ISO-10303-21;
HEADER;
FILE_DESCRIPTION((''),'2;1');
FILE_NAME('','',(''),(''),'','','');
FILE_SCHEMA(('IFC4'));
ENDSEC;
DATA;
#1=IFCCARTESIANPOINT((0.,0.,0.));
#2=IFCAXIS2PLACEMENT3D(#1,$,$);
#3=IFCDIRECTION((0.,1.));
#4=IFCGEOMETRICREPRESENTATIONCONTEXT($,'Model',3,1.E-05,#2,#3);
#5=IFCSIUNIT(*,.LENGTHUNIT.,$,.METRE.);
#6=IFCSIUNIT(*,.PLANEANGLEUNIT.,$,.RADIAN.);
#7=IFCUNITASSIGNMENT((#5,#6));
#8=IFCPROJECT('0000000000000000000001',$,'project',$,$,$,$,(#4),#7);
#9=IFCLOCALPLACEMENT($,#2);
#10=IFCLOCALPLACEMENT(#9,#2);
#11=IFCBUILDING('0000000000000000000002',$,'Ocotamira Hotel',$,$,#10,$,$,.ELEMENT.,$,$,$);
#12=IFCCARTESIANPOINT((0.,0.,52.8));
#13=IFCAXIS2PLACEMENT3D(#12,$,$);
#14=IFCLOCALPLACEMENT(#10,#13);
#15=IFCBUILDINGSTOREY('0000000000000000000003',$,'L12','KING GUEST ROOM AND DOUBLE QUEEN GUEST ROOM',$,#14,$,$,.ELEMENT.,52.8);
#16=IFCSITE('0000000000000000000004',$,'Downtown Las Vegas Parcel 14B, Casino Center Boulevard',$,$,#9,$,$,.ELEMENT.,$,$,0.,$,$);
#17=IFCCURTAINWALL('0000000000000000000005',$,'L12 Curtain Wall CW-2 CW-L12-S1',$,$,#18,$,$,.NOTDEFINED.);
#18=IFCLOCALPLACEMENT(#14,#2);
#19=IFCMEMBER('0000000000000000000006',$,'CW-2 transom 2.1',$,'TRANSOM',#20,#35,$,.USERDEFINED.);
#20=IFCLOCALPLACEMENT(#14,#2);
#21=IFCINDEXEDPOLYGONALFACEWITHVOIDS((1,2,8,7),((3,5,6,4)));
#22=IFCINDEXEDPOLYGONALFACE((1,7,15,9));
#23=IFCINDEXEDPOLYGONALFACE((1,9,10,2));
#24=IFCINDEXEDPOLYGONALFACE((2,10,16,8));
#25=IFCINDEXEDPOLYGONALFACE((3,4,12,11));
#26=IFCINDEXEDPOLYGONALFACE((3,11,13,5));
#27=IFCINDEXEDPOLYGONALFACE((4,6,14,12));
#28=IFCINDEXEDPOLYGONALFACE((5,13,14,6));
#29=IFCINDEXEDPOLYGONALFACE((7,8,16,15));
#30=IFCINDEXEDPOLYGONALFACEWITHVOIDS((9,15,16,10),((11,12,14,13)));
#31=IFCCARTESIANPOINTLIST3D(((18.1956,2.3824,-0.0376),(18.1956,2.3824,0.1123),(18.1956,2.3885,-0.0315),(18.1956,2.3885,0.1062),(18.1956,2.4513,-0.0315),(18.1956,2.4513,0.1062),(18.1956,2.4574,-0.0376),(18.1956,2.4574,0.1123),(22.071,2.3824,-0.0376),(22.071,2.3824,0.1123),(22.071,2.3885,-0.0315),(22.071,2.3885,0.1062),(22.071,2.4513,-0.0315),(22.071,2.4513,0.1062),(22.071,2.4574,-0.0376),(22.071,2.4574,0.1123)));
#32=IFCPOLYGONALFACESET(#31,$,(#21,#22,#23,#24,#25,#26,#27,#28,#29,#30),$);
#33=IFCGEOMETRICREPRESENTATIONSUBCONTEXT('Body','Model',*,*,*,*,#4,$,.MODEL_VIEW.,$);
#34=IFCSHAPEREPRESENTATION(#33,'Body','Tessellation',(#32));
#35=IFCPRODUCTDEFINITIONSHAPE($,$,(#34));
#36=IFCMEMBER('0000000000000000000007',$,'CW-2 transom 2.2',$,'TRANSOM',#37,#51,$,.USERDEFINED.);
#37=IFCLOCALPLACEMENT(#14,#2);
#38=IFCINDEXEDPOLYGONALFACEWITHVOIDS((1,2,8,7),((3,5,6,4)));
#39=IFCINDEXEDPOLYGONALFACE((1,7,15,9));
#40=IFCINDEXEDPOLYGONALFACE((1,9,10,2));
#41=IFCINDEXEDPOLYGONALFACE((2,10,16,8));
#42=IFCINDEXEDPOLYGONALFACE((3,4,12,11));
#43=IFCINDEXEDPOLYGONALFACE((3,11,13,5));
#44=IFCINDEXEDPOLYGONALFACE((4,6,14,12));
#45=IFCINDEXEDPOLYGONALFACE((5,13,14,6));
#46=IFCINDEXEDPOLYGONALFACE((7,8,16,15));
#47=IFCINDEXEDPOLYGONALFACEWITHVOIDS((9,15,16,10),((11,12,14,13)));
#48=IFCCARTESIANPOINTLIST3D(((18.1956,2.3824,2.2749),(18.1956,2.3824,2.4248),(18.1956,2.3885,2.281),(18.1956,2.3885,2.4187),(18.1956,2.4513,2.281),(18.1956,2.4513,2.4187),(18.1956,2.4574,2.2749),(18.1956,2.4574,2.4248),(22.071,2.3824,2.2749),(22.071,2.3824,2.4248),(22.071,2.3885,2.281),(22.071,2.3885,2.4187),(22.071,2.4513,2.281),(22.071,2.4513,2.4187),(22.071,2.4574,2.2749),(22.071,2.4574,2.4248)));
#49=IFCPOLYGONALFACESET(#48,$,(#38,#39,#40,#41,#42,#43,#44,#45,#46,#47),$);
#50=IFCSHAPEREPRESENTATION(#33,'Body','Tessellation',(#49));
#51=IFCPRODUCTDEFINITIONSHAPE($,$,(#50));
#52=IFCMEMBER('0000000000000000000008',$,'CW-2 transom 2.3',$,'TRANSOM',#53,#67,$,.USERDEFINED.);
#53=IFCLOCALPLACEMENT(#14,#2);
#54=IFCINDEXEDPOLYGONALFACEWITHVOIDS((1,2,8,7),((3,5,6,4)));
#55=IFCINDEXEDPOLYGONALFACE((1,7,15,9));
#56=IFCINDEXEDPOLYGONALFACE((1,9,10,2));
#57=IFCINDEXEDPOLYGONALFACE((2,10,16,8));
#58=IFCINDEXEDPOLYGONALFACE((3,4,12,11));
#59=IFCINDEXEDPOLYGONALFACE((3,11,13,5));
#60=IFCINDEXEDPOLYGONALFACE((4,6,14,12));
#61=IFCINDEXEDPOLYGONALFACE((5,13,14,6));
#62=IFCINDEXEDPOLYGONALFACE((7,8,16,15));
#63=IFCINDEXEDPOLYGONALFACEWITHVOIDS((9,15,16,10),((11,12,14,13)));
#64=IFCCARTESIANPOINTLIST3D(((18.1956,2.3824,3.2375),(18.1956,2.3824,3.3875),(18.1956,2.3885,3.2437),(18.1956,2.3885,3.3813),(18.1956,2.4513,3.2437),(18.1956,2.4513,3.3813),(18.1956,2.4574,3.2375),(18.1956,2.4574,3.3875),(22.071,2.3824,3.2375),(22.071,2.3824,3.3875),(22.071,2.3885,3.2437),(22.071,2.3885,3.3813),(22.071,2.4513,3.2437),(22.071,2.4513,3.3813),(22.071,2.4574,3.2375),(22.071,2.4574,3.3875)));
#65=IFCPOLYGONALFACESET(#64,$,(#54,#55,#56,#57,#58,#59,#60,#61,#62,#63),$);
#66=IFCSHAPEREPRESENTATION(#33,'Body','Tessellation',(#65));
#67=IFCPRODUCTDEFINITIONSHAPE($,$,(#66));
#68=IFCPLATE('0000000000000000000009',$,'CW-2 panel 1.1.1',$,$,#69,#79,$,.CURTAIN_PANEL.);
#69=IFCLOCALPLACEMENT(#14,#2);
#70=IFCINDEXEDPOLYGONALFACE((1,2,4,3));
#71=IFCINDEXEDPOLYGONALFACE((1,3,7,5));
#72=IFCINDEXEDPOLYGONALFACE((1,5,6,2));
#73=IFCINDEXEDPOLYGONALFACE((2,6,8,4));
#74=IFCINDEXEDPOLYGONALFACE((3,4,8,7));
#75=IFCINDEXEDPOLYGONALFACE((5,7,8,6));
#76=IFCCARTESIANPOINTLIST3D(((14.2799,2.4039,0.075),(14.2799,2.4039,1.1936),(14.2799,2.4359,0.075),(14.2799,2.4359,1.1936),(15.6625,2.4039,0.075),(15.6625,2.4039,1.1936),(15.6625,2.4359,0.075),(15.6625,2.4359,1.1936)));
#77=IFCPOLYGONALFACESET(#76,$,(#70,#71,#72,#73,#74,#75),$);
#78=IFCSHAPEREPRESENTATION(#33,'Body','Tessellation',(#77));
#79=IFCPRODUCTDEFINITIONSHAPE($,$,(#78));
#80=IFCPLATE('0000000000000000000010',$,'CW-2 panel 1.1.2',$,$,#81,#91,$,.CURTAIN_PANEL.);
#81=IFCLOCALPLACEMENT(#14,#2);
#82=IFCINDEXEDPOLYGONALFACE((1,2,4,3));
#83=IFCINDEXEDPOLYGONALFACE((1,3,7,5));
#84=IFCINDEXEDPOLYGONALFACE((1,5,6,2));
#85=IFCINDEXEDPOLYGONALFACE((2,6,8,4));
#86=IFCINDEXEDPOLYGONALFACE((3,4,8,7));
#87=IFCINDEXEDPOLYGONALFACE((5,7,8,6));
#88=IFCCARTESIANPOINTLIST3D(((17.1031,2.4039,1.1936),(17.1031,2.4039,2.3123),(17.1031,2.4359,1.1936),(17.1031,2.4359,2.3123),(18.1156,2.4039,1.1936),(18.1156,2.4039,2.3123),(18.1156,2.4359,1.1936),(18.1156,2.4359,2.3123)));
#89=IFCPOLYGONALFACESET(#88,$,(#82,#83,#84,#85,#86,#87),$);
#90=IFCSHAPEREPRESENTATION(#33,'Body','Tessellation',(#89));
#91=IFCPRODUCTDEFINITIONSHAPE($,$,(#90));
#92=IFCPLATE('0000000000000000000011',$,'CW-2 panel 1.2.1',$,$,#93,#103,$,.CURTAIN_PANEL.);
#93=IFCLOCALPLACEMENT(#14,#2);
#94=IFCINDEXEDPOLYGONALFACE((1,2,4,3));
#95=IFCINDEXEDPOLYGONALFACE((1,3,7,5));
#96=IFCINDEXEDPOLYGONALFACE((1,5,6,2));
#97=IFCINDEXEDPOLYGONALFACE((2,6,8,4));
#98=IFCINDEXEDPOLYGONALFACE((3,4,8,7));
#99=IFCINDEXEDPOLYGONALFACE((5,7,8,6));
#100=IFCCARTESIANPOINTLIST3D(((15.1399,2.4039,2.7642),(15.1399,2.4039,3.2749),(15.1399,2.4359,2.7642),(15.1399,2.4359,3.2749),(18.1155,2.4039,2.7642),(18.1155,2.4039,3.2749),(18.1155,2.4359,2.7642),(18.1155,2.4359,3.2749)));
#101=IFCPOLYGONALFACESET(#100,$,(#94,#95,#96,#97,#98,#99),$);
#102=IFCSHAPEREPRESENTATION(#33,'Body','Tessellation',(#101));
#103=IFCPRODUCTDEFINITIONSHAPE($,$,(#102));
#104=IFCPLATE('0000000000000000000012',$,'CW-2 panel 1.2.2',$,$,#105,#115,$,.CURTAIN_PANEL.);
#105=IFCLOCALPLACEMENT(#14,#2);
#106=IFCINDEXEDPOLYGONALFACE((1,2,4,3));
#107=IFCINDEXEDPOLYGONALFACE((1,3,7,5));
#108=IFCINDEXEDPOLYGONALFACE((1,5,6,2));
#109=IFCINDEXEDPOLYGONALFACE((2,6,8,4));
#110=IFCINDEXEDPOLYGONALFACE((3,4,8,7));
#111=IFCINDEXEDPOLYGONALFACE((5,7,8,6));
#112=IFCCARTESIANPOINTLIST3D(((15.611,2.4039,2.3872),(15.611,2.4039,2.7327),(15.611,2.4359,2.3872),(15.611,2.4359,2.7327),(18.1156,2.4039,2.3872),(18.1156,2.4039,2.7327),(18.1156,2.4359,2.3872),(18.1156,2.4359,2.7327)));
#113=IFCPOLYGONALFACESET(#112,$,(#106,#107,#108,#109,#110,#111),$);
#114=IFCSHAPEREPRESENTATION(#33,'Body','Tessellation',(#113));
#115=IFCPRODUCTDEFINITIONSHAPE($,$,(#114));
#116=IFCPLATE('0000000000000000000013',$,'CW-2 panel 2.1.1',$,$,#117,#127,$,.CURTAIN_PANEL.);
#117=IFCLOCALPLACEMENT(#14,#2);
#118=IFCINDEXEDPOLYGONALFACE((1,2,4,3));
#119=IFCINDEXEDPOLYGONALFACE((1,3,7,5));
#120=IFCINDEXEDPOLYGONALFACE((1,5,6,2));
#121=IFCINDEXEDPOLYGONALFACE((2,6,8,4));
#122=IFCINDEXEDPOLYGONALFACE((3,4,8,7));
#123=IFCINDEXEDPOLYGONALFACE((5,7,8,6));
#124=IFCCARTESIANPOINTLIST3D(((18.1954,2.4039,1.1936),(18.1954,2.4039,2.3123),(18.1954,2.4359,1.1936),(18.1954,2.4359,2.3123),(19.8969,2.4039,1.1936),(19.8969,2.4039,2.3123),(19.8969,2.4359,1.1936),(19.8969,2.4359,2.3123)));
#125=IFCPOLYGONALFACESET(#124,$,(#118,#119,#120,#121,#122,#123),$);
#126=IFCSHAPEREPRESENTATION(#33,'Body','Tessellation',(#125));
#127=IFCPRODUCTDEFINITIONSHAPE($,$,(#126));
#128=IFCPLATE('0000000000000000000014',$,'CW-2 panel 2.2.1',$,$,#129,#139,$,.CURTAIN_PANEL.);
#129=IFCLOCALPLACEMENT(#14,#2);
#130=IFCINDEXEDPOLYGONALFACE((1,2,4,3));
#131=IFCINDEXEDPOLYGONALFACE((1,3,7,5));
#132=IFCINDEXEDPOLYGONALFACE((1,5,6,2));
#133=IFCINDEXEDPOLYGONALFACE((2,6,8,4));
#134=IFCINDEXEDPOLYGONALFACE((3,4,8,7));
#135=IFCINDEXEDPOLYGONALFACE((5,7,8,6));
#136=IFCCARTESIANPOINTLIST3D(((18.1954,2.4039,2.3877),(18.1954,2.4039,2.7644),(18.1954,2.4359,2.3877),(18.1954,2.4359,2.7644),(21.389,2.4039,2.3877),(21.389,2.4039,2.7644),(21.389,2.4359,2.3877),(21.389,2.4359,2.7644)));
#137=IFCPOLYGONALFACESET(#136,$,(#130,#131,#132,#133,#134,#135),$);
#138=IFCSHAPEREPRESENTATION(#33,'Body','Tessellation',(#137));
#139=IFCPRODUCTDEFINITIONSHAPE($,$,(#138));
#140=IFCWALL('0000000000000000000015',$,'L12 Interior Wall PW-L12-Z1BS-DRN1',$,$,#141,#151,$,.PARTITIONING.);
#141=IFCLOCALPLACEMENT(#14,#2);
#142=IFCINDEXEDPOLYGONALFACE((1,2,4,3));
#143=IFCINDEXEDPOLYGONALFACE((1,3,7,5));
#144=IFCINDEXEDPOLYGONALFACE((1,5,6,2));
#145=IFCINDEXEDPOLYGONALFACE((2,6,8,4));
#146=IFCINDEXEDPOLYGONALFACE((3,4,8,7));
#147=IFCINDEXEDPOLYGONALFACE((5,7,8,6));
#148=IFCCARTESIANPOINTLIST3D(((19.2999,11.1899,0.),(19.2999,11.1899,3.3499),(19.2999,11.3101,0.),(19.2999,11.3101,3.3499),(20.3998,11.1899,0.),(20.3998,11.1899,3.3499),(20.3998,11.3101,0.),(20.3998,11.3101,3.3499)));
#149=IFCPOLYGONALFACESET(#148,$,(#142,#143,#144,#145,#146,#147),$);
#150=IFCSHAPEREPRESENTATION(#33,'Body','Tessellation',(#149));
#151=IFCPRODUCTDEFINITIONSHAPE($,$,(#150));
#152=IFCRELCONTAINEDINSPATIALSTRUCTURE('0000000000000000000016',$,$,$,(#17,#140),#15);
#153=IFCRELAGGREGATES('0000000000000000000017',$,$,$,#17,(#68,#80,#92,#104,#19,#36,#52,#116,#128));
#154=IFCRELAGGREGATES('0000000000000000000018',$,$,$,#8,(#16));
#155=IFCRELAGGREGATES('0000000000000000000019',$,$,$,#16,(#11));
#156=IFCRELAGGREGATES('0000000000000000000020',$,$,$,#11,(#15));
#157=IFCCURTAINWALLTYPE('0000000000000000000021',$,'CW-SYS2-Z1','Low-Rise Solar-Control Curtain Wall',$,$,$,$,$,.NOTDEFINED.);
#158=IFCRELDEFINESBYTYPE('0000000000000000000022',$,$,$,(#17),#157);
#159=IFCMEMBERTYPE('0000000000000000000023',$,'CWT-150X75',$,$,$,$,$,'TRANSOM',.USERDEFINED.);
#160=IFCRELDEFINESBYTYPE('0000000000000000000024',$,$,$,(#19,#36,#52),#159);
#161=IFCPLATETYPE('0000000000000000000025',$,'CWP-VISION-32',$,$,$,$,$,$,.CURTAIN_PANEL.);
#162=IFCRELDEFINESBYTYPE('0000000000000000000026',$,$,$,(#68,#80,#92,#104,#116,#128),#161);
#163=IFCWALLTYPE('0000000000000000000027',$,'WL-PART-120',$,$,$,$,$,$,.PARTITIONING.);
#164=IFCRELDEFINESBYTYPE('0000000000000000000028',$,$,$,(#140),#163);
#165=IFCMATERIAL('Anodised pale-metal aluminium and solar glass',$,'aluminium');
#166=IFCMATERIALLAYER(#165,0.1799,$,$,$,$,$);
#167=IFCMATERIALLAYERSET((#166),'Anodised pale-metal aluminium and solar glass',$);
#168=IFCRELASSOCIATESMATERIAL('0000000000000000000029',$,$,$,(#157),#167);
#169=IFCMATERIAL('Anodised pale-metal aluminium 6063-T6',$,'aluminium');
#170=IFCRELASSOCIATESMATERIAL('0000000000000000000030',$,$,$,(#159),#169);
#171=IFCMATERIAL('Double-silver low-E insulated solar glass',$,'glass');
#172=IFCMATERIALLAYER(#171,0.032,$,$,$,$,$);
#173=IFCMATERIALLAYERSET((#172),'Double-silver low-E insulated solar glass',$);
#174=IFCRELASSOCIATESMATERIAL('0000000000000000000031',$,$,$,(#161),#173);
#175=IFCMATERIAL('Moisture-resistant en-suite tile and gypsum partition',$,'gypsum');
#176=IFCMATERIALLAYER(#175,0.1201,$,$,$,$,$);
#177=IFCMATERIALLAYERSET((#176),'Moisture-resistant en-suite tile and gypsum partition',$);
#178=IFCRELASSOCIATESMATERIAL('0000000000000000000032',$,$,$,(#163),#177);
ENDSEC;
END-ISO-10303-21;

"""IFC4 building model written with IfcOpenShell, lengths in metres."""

from ifc_helpers import new_model, si_unit, direction, frame, frame_2d, origin, origin_2d, place, context, subcontext, project, spatial, rectangle, hollow_rectangle, extrude, source, transform, mapped, material, layer, layer_set, material_profile, profile_set, type_object, element, aggregate, save


model = new_model("IFC4")

# Units and contexts
model_context = context("Model", 3, precision=1e-05, world=origin(), true_north=direction((0.0, 1.0)))
body_context = subcontext(model_context, "Body", "Model", "MODEL_VIEW")
ifc_project = project(units=[si_unit("LENGTHUNIT", "METRE"), si_unit("PLANEANGLEUNIT", "RADIAN")], contexts=[model_context])

# Site, building, storey
site_placement = place(None, origin())
site = spatial("IfcSite", under=ifc_project, at=site_placement, Name="Downtown Las Vegas Parcel 14B, Casino Center Boulevard", CompositionType="ELEMENT", RefElevation=0.0)
building_placement = place(site_placement, origin())
building = spatial("IfcBuilding", under=site, at=building_placement, Name="Ocotamira Hotel", CompositionType="ELEMENT")
storey_placement = place(building_placement, frame((0.0, 0.0, 52.8)))
storey = spatial("IfcBuildingStorey", under=building, at=storey_placement, Name="L12", Description="KING GUEST ROOM AND DOUBLE QUEEN GUEST ROOM", CompositionType="ELEMENT", Elevation=52.8)

# Curtain wall, members, plates
ifc_material_1 = material(Name="Anodised pale-metal aluminium and solar glass", Category="aluminium")
ifc_layer_1 = layer(ifc_material_1, 0.1799)
ifc_layer_set_1 = layer_set([ifc_layer_1], Name="Anodised pale-metal aluminium and solar glass")
curtain_wall_type = type_object("IfcCurtainWallType", Name="CW-SYS2-Z1", Description="Low-Rise Solar-Control Curtain Wall", PredefinedType="NOTDEFINED", material=ifc_layer_set_1)
curtain_wall_placement = place(storey_placement, origin())
curtain_wall = element("IfcCurtainWall", 1, at=curtain_wall_placement, inside=storey, type_object=curtain_wall_type, Name="L12 Curtain Wall CW-2 CW-L12-S1", PredefinedType="NOTDEFINED")
ifc_material_2 = material(Name="Anodised pale-metal aluminium 6063-T6", Category="aluminium")
ifc_material_profile_1 = material_profile(ifc_material_2, hollow_rectangle(XDim=0.075, YDim=0.1499, WallThickness=0.0061, at=origin_2d()), Name="HSS150X75X6")
ifc_profile_set_1 = profile_set([ifc_material_profile_1], Name="Anodised pale-metal aluminium 6063-T6")
member_type_1 = type_object("IfcMemberType", Name="CWT-150X75", ElementType="TRANSOM", PredefinedType="USERDEFINED", material=ifc_profile_set_1)
shared_shape_1 = source(origin(), body_context, "Body", "SweptSolid", [
    extrude(hollow_rectangle(XDim=0.075, YDim=0.1499, WallThickness=0.0061, at=origin_2d()), origin(), (0.0, 0.0, 1.0), 3.8755),
])
member_1_placement = place(storey_placement, frame((18.1956, 2.4199, 0.0374), z_axis=(1.0, 0.0, 0.0), x_axis=(0.0, 1.0, 0.0)))
member_1 = element("IfcMember", 2, at=member_1_placement, type_object=member_type_1, Name="CW-2 transom 2.1", ObjectType="TRANSOM", PredefinedType="USERDEFINED", context=body_context, shape_type="MappedRepresentation", body=[
    mapped(shared_shape_1, transform((0.0, 0.0, 0.0), scale=1.0)),
])
member_2_placement = place(storey_placement, frame((18.1956, 2.4199, 2.3499), z_axis=(1.0, 0.0, 0.0), x_axis=(0.0, 1.0, 0.0)))
member_2 = element("IfcMember", 3, at=member_2_placement, type_object=member_type_1, Name="CW-2 transom 2.2", ObjectType="TRANSOM", PredefinedType="USERDEFINED", context=body_context, shape_type="MappedRepresentation", body=[
    mapped(shared_shape_1, transform((0.0, 0.0, 0.0), scale=1.0)),
])
member_3_placement = place(storey_placement, frame((18.1956, 2.4199, 3.3125), z_axis=(1.0, 0.0, 0.0), x_axis=(0.0, 1.0, 0.0)))
member_3 = element("IfcMember", 4, at=member_3_placement, type_object=member_type_1, Name="CW-2 transom 2.3", ObjectType="TRANSOM", PredefinedType="USERDEFINED", context=body_context, shape_type="MappedRepresentation", body=[
    mapped(shared_shape_1, transform((0.0, 0.0, 0.0), scale=1.0)),
])
ifc_material_3 = material(Name="Double-silver low-E insulated solar glass", Category="glass")
ifc_layer_2 = layer(ifc_material_3, 0.032)
ifc_layer_set_2 = layer_set([ifc_layer_2], Name="Double-silver low-E insulated solar glass")
plate_type = type_object("IfcPlateType", Name="CWP-VISION-32", PredefinedType="CURTAIN_PANEL", material=ifc_layer_set_2)
shared_shape_2 = source(origin(), body_context, "Body", "SweptSolid", [
    extrude(rectangle(XDim=1.3826, YDim=0.032, at=origin_2d()), origin(), (0.0, 0.0, 1.0), 1.1187),
])
plate_1_placement = place(storey_placement, frame((14.9712, 2.4199, 0.075), z_axis=(0.0, 0.0, 1.0), x_axis=(1.0, 0.0, 0.0)))
plate_1 = element("IfcPlate", 5, at=plate_1_placement, type_object=plate_type, Name="CW-2 panel 1.1.1", PredefinedType="CURTAIN_PANEL", context=body_context, shape_type="MappedRepresentation", body=[
    mapped(shared_shape_2, transform((0.0, 0.0, 0.0), scale=1.0)),
])
shared_shape_3 = source(origin(), body_context, "Body", "SweptSolid", [
    extrude(rectangle(XDim=1.0125, YDim=0.032, at=origin_2d()), origin(), (0.0, 0.0, 1.0), 1.1187),
])
plate_2_placement = place(storey_placement, frame((17.6094, 2.4199, 1.1936), z_axis=(0.0, 0.0, 1.0), x_axis=(1.0, 0.0, 0.0)))
plate_2 = element("IfcPlate", 6, at=plate_2_placement, type_object=plate_type, Name="CW-2 panel 1.1.2", PredefinedType="CURTAIN_PANEL", context=body_context, shape_type="MappedRepresentation", body=[
    mapped(shared_shape_3, transform((0.0, 0.0, 0.0), scale=1.0)),
])
shared_shape_4 = source(origin(), body_context, "Body", "SweptSolid", [
    extrude(rectangle(XDim=2.9756, YDim=0.032, at=origin_2d()), origin(), (0.0, 0.0, 1.0), 0.5107),
])
plate_3_placement = place(storey_placement, frame((16.6277, 2.4199, 2.7642), z_axis=(0.0, 0.0, 1.0), x_axis=(1.0, 0.0, 0.0)))
plate_3 = element("IfcPlate", 7, at=plate_3_placement, type_object=plate_type, Name="CW-2 panel 1.2.1", PredefinedType="CURTAIN_PANEL", context=body_context, shape_type="MappedRepresentation", body=[
    mapped(shared_shape_4, transform((0.0, 0.0, 0.0), scale=1.0)),
])
shared_shape_5 = source(origin(), body_context, "Body", "SweptSolid", [
    extrude(rectangle(XDim=2.5046, YDim=0.032, at=origin_2d()), origin(), (0.0, 0.0, 1.0), 0.3455),
])
plate_4_placement = place(storey_placement, frame((16.8633, 2.4199, 2.3872), z_axis=(0.0, 0.0, 1.0), x_axis=(1.0, 0.0, 0.0)))
plate_4 = element("IfcPlate", 8, at=plate_4_placement, type_object=plate_type, Name="CW-2 panel 1.2.2", PredefinedType="CURTAIN_PANEL", context=body_context, shape_type="MappedRepresentation", body=[
    mapped(shared_shape_5, transform((0.0, 0.0, 0.0), scale=1.0)),
])
shared_shape_6 = source(origin(), body_context, "Body", "SweptSolid", [
    extrude(rectangle(XDim=1.7014, YDim=0.032, at=origin_2d()), origin(), (0.0, 0.0, 1.0), 1.1187),
])
plate_5_placement = place(storey_placement, frame((19.0461, 2.4199, 1.1936), z_axis=(0.0, 0.0, 1.0), x_axis=(1.0, 0.0, 0.0)))
plate_5 = element("IfcPlate", 9, at=plate_5_placement, type_object=plate_type, Name="CW-2 panel 2.1.1", PredefinedType="CURTAIN_PANEL", context=body_context, shape_type="MappedRepresentation", body=[
    mapped(shared_shape_6, transform((0.0, 0.0, 0.0), scale=1.0)),
])
shared_shape_7 = source(origin(), body_context, "Body", "SweptSolid", [
    extrude(rectangle(XDim=3.1936, YDim=0.032, at=origin_2d()), origin(), (0.0, 0.0, 1.0), 0.3767),
])
plate_6_placement = place(storey_placement, frame((19.7922, 2.4199, 2.3877), z_axis=(0.0, 0.0, 1.0), x_axis=(1.0, 0.0, 0.0)))
plate_6 = element("IfcPlate", 10, at=plate_6_placement, type_object=plate_type, Name="CW-2 panel 2.2.1", PredefinedType="CURTAIN_PANEL", context=body_context, shape_type="MappedRepresentation", body=[
    mapped(shared_shape_7, transform((0.0, 0.0, 0.0), scale=1.0)),
])
aggregate(curtain_wall, [plate_1, plate_2, plate_3, plate_4, member_1, member_2, member_3, plate_5, plate_6])

# Shared definitions
ifc_material_4 = material(Name="Moisture-resistant en-suite tile and gypsum partition", Category="gypsum")
ifc_layer_3 = layer(ifc_material_4, 0.1201)
ifc_layer_set_3 = layer_set([ifc_layer_3], Name="Moisture-resistant en-suite tile and gypsum partition")
wall_type = type_object("IfcWallType", Name="WL-PART-120", PredefinedType="PARTITIONING", material=ifc_layer_set_3)

# Wall
wall_1_placement = place(storey_placement, frame((19.3, 11.25, 0.0), z_axis=(0.0, 0.0, 1.0), x_axis=(1.0, 0.0, 0.0)))
element("IfcWall", 11, at=wall_1_placement, inside=storey, type_object=wall_type, Name="L12 Interior Wall PW-L12-Z1BS-DRN1", PredefinedType="PARTITIONING", context=body_context, shape_type="SweptSolid", body=[
    extrude(rectangle(XDim=1.0999, YDim=0.1201, at=frame_2d((0.5498, 0.0))), origin(), (0.0, 0.0, 1.0), 3.3499),
])

save(model, "model.ifc")
